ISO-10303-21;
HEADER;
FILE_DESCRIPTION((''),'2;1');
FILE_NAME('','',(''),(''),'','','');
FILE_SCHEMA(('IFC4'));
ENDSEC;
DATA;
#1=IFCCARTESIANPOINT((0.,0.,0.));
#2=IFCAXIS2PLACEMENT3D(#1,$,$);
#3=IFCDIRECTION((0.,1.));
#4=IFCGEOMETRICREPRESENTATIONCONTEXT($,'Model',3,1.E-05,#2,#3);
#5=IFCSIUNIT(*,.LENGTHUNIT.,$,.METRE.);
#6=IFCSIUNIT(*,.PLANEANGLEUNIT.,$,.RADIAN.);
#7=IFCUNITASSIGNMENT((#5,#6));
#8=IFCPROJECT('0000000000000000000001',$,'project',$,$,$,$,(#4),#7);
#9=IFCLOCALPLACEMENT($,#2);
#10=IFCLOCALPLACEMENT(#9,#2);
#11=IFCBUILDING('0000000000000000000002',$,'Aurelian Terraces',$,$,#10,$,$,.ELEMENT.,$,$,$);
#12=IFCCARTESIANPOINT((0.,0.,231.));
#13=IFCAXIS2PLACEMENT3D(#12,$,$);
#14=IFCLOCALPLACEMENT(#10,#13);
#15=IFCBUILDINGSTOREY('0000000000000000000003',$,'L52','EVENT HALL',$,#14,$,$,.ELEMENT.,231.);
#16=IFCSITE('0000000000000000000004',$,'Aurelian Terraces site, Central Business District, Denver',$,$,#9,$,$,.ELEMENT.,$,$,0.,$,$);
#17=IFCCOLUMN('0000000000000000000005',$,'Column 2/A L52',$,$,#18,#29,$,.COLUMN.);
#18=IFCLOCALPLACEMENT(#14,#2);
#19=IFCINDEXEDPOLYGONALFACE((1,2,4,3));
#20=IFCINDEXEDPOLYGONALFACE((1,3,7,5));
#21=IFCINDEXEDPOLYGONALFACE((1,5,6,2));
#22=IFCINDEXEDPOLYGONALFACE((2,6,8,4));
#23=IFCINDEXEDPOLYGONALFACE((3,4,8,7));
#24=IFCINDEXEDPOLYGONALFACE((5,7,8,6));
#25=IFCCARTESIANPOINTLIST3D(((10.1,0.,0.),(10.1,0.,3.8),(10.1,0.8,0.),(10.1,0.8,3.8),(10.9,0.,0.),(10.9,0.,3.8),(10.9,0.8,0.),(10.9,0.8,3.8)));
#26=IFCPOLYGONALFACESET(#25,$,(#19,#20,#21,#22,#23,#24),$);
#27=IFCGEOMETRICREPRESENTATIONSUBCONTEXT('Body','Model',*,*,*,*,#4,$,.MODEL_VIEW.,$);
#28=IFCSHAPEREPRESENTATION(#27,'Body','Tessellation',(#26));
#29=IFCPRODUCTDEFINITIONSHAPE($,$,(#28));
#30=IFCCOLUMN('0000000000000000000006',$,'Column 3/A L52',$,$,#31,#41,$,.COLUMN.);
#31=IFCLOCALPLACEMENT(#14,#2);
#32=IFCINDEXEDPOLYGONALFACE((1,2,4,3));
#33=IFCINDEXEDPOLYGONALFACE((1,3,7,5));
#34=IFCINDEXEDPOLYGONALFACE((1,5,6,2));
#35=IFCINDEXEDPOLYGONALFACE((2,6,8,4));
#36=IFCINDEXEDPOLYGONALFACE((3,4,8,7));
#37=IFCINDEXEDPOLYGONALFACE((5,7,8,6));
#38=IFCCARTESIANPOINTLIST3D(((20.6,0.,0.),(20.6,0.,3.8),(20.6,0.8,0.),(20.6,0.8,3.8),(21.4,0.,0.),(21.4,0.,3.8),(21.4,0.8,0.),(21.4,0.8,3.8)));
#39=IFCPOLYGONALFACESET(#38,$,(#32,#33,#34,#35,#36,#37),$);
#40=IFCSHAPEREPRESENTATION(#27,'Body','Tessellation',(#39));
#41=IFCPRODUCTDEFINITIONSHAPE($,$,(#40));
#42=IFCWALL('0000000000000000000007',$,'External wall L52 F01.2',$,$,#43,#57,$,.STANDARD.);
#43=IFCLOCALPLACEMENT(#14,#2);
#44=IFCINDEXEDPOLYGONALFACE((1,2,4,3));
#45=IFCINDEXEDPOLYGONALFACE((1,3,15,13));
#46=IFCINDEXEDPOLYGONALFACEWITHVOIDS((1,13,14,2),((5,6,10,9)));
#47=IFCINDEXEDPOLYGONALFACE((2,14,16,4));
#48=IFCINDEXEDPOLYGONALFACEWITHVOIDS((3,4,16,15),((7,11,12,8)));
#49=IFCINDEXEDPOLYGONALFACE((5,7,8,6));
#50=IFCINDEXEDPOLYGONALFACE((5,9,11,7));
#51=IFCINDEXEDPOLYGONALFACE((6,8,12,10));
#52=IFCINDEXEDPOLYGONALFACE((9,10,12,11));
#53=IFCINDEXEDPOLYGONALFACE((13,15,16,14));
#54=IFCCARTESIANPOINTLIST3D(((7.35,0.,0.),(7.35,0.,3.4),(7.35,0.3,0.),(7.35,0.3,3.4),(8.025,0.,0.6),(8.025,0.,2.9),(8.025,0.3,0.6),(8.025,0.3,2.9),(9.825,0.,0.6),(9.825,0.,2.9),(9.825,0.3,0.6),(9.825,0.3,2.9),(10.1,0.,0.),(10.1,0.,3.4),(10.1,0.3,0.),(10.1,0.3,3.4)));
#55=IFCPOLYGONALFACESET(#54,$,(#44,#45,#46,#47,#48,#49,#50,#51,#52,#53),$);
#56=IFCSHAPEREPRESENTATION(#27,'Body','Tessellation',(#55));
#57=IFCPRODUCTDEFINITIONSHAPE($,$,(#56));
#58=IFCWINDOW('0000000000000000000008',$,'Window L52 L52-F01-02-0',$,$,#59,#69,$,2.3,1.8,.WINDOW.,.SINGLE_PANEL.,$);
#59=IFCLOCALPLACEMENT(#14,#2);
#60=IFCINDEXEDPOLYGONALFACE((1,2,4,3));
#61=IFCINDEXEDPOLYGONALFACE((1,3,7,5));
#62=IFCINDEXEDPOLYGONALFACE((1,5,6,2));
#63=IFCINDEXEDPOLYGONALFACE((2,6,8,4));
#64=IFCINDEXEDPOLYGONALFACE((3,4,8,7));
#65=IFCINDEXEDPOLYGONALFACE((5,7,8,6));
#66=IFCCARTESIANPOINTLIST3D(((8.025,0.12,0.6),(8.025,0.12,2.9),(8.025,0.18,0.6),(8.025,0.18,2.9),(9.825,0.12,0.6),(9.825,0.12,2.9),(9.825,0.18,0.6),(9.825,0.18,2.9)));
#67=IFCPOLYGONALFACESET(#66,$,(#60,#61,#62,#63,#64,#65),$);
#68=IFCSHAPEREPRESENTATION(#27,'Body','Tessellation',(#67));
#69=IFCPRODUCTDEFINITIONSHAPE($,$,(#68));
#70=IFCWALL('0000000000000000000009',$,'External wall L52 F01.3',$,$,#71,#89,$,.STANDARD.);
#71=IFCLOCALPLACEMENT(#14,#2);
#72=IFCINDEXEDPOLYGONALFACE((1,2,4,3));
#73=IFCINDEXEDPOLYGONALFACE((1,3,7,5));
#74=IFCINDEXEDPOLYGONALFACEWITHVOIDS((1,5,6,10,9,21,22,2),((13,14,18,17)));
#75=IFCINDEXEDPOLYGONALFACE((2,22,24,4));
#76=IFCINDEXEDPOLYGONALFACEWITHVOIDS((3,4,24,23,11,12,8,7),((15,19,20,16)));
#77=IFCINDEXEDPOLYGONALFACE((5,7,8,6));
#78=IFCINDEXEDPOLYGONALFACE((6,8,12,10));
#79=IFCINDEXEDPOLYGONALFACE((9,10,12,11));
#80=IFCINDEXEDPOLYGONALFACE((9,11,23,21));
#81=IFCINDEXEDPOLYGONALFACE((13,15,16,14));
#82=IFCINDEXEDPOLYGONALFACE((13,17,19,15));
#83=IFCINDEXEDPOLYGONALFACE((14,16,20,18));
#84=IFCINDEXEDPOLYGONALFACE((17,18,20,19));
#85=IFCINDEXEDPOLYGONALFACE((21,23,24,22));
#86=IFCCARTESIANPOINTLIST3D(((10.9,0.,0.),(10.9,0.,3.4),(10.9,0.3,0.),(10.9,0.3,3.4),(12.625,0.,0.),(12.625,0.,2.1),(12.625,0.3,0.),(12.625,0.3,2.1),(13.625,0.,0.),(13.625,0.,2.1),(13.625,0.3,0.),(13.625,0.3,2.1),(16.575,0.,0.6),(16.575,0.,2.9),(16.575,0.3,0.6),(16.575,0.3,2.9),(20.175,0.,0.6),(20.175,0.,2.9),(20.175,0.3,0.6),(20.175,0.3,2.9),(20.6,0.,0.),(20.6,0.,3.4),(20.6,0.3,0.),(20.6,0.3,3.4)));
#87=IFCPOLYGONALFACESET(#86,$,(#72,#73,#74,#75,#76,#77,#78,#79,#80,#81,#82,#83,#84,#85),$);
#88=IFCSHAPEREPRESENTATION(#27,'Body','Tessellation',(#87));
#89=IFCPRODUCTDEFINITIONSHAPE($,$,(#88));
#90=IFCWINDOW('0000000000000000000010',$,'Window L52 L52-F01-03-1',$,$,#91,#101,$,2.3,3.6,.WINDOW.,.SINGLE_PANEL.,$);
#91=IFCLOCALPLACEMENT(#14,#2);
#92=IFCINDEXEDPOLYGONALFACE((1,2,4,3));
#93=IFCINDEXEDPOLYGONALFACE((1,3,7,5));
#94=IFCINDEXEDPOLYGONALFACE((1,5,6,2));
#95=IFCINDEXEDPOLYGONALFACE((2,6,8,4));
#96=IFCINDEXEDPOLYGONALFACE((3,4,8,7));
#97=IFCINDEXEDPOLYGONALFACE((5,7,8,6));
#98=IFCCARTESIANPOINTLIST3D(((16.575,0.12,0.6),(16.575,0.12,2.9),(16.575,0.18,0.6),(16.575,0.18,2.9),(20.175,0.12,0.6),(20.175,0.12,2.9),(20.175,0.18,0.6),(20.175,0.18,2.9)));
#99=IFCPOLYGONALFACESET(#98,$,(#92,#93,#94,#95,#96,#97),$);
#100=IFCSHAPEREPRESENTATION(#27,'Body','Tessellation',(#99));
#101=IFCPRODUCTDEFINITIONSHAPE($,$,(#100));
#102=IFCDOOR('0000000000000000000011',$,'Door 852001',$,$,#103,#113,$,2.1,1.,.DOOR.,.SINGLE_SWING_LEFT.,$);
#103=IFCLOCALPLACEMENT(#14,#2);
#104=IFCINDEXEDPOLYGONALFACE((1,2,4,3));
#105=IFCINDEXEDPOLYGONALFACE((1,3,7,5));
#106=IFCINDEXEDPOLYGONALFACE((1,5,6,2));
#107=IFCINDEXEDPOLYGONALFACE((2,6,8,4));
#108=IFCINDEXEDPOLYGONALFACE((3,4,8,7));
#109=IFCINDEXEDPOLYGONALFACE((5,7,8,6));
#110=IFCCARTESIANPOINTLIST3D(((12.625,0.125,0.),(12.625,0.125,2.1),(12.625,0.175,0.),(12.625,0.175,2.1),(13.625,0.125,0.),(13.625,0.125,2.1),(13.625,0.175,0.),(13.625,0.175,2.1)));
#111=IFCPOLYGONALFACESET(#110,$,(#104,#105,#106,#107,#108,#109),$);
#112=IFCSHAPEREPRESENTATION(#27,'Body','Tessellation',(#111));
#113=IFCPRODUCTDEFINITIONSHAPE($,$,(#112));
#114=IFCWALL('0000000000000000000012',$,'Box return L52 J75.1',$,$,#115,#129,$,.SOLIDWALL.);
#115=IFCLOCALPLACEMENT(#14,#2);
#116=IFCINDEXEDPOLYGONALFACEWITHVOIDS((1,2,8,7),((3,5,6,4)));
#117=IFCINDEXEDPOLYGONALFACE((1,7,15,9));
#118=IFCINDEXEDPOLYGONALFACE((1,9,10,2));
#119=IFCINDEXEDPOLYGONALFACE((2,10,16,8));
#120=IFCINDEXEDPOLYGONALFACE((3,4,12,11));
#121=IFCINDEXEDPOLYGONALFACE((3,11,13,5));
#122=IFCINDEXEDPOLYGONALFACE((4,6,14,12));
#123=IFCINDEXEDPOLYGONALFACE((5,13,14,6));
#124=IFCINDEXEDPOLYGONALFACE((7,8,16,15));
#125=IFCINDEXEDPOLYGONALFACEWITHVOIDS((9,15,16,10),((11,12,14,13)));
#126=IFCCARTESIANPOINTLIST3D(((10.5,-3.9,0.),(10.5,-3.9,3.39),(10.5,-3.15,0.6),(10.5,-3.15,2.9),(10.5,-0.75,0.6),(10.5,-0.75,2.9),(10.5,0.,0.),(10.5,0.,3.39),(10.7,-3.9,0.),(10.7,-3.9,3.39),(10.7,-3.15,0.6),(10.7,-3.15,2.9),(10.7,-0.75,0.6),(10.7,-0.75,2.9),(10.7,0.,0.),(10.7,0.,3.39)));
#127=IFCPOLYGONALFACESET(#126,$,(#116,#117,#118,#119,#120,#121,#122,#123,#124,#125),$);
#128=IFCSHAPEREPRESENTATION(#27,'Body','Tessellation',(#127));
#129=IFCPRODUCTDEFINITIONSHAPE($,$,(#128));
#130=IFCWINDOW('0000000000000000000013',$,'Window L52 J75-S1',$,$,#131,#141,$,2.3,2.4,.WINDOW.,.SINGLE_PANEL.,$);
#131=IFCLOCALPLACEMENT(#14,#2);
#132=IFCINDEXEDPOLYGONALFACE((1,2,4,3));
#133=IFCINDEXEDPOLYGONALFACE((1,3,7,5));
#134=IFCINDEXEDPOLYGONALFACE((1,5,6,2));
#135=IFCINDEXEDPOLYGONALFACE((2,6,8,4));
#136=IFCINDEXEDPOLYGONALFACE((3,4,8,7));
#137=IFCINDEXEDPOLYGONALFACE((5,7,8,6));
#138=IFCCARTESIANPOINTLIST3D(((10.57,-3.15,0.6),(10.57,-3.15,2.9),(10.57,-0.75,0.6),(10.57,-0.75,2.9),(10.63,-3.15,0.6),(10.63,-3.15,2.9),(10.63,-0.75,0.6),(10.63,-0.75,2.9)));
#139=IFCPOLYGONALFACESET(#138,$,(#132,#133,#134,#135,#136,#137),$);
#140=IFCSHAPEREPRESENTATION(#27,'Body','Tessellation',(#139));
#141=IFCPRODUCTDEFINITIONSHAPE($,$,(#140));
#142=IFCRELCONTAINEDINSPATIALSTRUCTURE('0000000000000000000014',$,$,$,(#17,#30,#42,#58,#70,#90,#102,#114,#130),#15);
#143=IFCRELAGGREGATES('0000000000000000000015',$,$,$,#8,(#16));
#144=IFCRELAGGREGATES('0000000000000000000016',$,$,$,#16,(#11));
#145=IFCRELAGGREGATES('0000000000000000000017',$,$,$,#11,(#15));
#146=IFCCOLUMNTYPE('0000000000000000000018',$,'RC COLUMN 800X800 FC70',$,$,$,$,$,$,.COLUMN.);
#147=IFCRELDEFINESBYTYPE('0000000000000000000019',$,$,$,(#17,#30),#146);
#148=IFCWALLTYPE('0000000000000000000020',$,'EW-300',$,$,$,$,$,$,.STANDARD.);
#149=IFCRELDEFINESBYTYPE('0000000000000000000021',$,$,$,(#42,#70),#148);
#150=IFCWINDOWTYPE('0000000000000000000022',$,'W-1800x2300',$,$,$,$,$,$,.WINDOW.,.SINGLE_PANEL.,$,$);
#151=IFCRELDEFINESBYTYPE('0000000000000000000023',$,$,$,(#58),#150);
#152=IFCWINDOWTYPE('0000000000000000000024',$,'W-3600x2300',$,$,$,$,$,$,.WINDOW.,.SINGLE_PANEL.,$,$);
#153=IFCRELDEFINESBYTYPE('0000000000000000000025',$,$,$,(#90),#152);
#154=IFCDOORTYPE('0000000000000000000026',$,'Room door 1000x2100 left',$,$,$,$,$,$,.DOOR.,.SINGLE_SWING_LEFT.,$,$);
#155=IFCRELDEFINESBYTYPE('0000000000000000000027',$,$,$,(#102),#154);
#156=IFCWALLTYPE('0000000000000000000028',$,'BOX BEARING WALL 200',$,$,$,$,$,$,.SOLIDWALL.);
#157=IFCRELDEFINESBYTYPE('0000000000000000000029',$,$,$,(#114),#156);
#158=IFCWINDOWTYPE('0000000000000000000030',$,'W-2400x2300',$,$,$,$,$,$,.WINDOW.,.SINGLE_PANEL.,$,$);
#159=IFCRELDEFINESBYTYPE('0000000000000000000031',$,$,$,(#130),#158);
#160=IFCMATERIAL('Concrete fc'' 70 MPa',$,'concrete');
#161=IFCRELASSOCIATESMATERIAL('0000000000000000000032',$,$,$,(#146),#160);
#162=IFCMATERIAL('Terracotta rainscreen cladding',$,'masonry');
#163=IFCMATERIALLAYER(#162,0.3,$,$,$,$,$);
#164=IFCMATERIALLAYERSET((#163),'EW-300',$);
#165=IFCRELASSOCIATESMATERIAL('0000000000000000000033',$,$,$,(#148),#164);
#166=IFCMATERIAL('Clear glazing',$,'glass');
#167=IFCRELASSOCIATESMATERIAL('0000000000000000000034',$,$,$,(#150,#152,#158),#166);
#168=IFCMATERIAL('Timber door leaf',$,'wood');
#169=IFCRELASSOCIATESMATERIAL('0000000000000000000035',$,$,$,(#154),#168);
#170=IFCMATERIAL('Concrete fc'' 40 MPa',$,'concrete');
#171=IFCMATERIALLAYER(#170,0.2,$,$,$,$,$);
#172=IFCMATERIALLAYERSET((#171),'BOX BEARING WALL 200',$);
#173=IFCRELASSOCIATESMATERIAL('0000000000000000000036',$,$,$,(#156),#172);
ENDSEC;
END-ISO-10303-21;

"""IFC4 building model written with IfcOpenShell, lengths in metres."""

from ifc_helpers import new_model, si_unit, direction, frame, frame_2d, origin, origin_2d, place, context, subcontext, project, spatial, rectangle, extrude, source, transform, mapped, material, layer, layer_set, material_profile, profile_set, type_object, element, fill, save


model = new_model("IFC4")

# Units and contexts
model_context = context("Model", 3, precision=1e-05, world=origin(), true_north=direction((0.0, 1.0)))
body_context = subcontext(model_context, "Body", "Model", "MODEL_VIEW")
ifc_project = project(units=[si_unit("LENGTHUNIT", "METRE"), si_unit("PLANEANGLEUNIT", "RADIAN")], contexts=[model_context])

# Site, building, storey
site_placement = place(None, origin())
site = spatial("IfcSite", under=ifc_project, at=site_placement, Name="Aurelian Terraces site, Central Business District, Denver", CompositionType="ELEMENT", RefElevation=0.0)
building_placement = place(site_placement, origin())
building = spatial("IfcBuilding", under=site, at=building_placement, Name="Aurelian Terraces", CompositionType="ELEMENT")
storey_placement = place(building_placement, frame((0.0, 0.0, 231.0)))
storey = spatial("IfcBuildingStorey", under=building, at=storey_placement, Name="L52", Description="EVENT HALL", CompositionType="ELEMENT", Elevation=231.0)

# Columns
ifc_material_1 = material(Name="Concrete fc' 70 MPa", Category="concrete")
ifc_material_profile = material_profile(ifc_material_1, rectangle(XDim=0.8, YDim=0.8, at=origin_2d()))
ifc_profile_set = profile_set([ifc_material_profile], Name="Concrete fc' 70 MPa")
column_type = type_object("IfcColumnType", Name="RC COLUMN 800X800 FC70", PredefinedType="COLUMN", material=ifc_profile_set)
shared_shape_1 = source(origin(), body_context, "Body", "SweptSolid", [
    extrude(rectangle(XDim=0.8, YDim=0.8, at=origin_2d()), origin(), (0.0, 0.0, 1.0), 3.8),
])
for number, where, z_axis, x_axis, name in (
    (1, (10.5, 0.4, 0.0), (0.0, 0.0, 1.0), (1.0, 0.0, 0.0), "Column 2/A L52"),
    (2, (21.0, 0.4, 0.0), (0.0, 0.0, 1.0), (1.0, 0.0, 0.0), "Column 3/A L52"),
):
    element("IfcColumn", number, at=place(storey_placement, frame(where, z_axis=z_axis, x_axis=x_axis)), inside=storey, type_object=column_type, Name=name, PredefinedType="COLUMN", context=body_context, shape_type="MappedRepresentation", body=[
        mapped(shared_shape_1, transform((0.0, 0.0, 0.0), scale=1.0)),
    ])

# Wall, opening, window
ifc_material_2 = material(Name="Terracotta rainscreen cladding", Category="masonry")
ifc_layer_1 = layer(ifc_material_2, 0.3)
ifc_layer_set_1 = layer_set([ifc_layer_1], Name="EW-300")
wall_type_1 = type_object("IfcWallType", Name="EW-300", PredefinedType="STANDARD", material=ifc_layer_set_1)
wall_1_placement = place(storey_placement, frame((7.35, 0.15, 0.0), z_axis=(0.0, 0.0, 1.0), x_axis=(1.0, 0.0, 0.0)))
wall_1 = element("IfcWall", 3, at=wall_1_placement, inside=storey, type_object=wall_type_1, Name="External wall L52 F01.2", PredefinedType="STANDARD", context=body_context, shape_type="SweptSolid", body=[
    extrude(rectangle(XDim=2.75, YDim=0.3, at=frame_2d((1.375, 0.0))), origin(), (0.0, 0.0, 1.0), 3.4),
])
shared_shape_2 = source(origin(), body_context, "Body", "SweptSolid", [
    extrude(rectangle(XDim=1.8, YDim=2.3, at=frame_2d((0.9, 1.15))), frame((0.0, 0.16, 0.0), z_axis=(0.0, -1.0, 0.0), x_axis=(1.0, 0.0, 0.0)), (0.0, 0.0, 1.0), 0.32),
])
opening_1_placement = place(wall_1_placement, frame((0.675, 0.0, 0.6)))
opening_1 = element("IfcOpeningElement", 4, at=opening_1_placement, cuts=wall_1, PredefinedType="OPENING", context=body_context, shape_type="MappedRepresentation", body=[
    mapped(shared_shape_2, transform((0.0, 0.0, 0.0), scale=1.0)),
])
ifc_material_3 = material(Name="Clear glazing", Category="glass")
window_type_1 = type_object("IfcWindowType", Name="W-1800x2300", PartitioningType="SINGLE_PANEL", PredefinedType="WINDOW", material=ifc_material_3)
shared_shape_3 = source(origin(), body_context, "Body", "SweptSolid", [
    extrude(rectangle(XDim=1.8, YDim=2.3, at=frame_2d((0.9, 1.15))), frame((0.0, 0.03, 0.0), z_axis=(0.0, -1.0, 0.0), x_axis=(1.0, 0.0, 0.0)), (0.0, 0.0, 1.0), 0.06),
])
window_1_placement = place(opening_1_placement, origin())
window_1 = element("IfcWindow", 5, at=window_1_placement, inside=storey, type_object=window_type_1, Name="Window L52 L52-F01-02-0", OverallHeight=2.3, OverallWidth=1.8, PartitioningType="SINGLE_PANEL", PredefinedType="WINDOW", context=body_context, shape_type="MappedRepresentation", body=[
    mapped(shared_shape_3, transform((0.0, 0.0, 0.0), scale=1.0)),
])
fill(opening_1, window_1)

# Wall, openings, window, door
wall_2_placement = place(storey_placement, frame((10.9, 0.15, 0.0), z_axis=(0.0, 0.0, 1.0), x_axis=(1.0, 0.0, 0.0)))
wall_2 = element("IfcWall", 6, at=wall_2_placement, inside=storey, type_object=wall_type_1, Name="External wall L52 F01.3", PredefinedType="STANDARD", context=body_context, shape_type="SweptSolid", body=[
    extrude(rectangle(XDim=9.7, YDim=0.3, at=frame_2d((4.85, 0.0))), origin(), (0.0, 0.0, 1.0), 3.4),
])
shared_shape_4 = source(origin(), body_context, "Body", "SweptSolid", [
    extrude(rectangle(XDim=3.6, YDim=2.3, at=frame_2d((1.8, 1.15))), frame((0.0, 0.16, 0.0), z_axis=(0.0, -1.0, 0.0), x_axis=(1.0, 0.0, 0.0)), (0.0, 0.0, 1.0), 0.32),
])
opening_2_placement = place(wall_2_placement, frame((5.675, 0.0, 0.6)))
opening_2 = element("IfcOpeningElement", 7, at=opening_2_placement, cuts=wall_2, PredefinedType="OPENING", context=body_context, shape_type="MappedRepresentation", body=[
    mapped(shared_shape_4, transform((0.0, 0.0, 0.0), scale=1.0)),
])
shared_shape_5 = source(origin(), body_context, "Body", "SweptSolid", [
    extrude(rectangle(XDim=1.0, YDim=2.1, at=frame_2d((0.5, 1.05))), frame((0.0, 0.16, 0.0), z_axis=(0.0, -1.0, 0.0), x_axis=(1.0, 0.0, 0.0)), (0.0, 0.0, 1.0), 0.32),
])
opening_3_placement = place(wall_2_placement, frame((1.725, 0.0, 0.0)))
opening_3 = element("IfcOpeningElement", 8, at=opening_3_placement, cuts=wall_2, PredefinedType="OPENING", context=body_context, shape_type="MappedRepresentation", body=[
    mapped(shared_shape_5, transform((0.0, 0.0, 0.0), scale=1.0)),
])
window_type_2 = type_object("IfcWindowType", Name="W-3600x2300", PartitioningType="SINGLE_PANEL", PredefinedType="WINDOW", material=ifc_material_3)
shared_shape_6 = source(origin(), body_context, "Body", "SweptSolid", [
    extrude(rectangle(XDim=3.6, YDim=2.3, at=frame_2d((1.8, 1.15))), frame((0.0, 0.03, 0.0), z_axis=(0.0, -1.0, 0.0), x_axis=(1.0, 0.0, 0.0)), (0.0, 0.0, 1.0), 0.06),
])
window_2_placement = place(opening_2_placement, origin())
window_2 = element("IfcWindow", 9, at=window_2_placement, inside=storey, type_object=window_type_2, Name="Window L52 L52-F01-03-1", OverallHeight=2.3, OverallWidth=3.6, PartitioningType="SINGLE_PANEL", PredefinedType="WINDOW", context=body_context, shape_type="MappedRepresentation", body=[
    mapped(shared_shape_6, transform((0.0, 0.0, 0.0), scale=1.0)),
])
fill(opening_2, window_2)
ifc_material_4 = material(Name="Timber door leaf", Category="wood")
door_type_1 = type_object("IfcDoorType", Name="Room door 1000x2100 left", OperationType="SINGLE_SWING_LEFT", PredefinedType="DOOR", material=ifc_material_4)
shared_shape_7 = source(origin(), body_context, "Body", "SweptSolid", [
    extrude(rectangle(XDim=1.0, YDim=2.1, at=frame_2d((0.5, 1.05))), frame((0.0, 0.025, 0.0), z_axis=(0.0, -1.0, 0.0), x_axis=(1.0, 0.0, 0.0)), (0.0, 0.0, 1.0), 0.05),
])
door_1_placement = place(opening_3_placement, origin())
door_1 = element("IfcDoor", 10, at=door_1_placement, inside=storey, type_object=door_type_1, Name="Door 852001", OperationType="SINGLE_SWING_LEFT", OverallHeight=2.1, OverallWidth=1.0, PredefinedType="DOOR", context=body_context, shape_type="MappedRepresentation", body=[
    mapped(shared_shape_7, transform((0.0, 0.0, 0.0), scale=1.0)),
])
fill(opening_3, door_1)

# Wall, opening, window
ifc_material_5 = material(Name="Concrete fc' 40 MPa", Category="concrete")
ifc_layer_2 = layer(ifc_material_5, 0.2)
ifc_layer_set_2 = layer_set([ifc_layer_2], Name="BOX BEARING WALL 200")
wall_type_2 = type_object("IfcWallType", Name="BOX BEARING WALL 200", PredefinedType="SOLIDWALL", material=ifc_layer_set_2)
shared_shape_8 = source(origin(), body_context, "Body", "SweptSolid", [
    extrude(rectangle(XDim=3.9, YDim=0.2, at=frame_2d((1.95, 0.0))), origin(), (0.0, 0.0, 1.0), 3.39),
])
wall_3_placement = place(storey_placement, frame((10.6, 0.0, 0.0), z_axis=(0.0, 0.0, 1.0), x_axis=(0.0, -1.0, 0.0)))
wall_3 = element("IfcWall", 11, at=wall_3_placement, inside=storey, type_object=wall_type_2, Name="Box return L52 J75.1", PredefinedType="SOLIDWALL", context=body_context, shape_type="MappedRepresentation", body=[
    mapped(shared_shape_8, transform((0.0, 0.0, 0.0), scale=1.0)),
])
shared_shape_9 = source(origin(), body_context, "Body", "SweptSolid", [
    extrude(rectangle(XDim=2.4, YDim=2.3, at=frame_2d((1.2, 1.15))), frame((0.0, 0.11, 0.0), z_axis=(0.0, -1.0, 0.0), x_axis=(1.0, 0.0, 0.0)), (0.0, 0.0, 1.0), 0.22),
])
opening_4_placement = place(wall_3_placement, frame((0.75, 0.0, 0.6)))
opening_4 = element("IfcOpeningElement", 12, at=opening_4_placement, cuts=wall_3, PredefinedType="OPENING", context=body_context, shape_type="MappedRepresentation", body=[
    mapped(shared_shape_9, transform((0.0, 0.0, 0.0), scale=1.0)),
])
window_type_3 = type_object("IfcWindowType", Name="W-2400x2300", PartitioningType="SINGLE_PANEL", PredefinedType="WINDOW", material=ifc_material_3)
shared_shape_10 = source(origin(), body_context, "Body", "SweptSolid", [
    extrude(rectangle(XDim=2.4, YDim=2.3, at=frame_2d((1.2, 1.15))), frame((0.0, 0.03, 0.0), z_axis=(0.0, -1.0, 0.0), x_axis=(1.0, 0.0, 0.0)), (0.0, 0.0, 1.0), 0.06),
])
window_3_placement = place(opening_4_placement, origin())
window_3 = element("IfcWindow", 13, at=window_3_placement, inside=storey, type_object=window_type_3, Name="Window L52 J75-S1", OverallHeight=2.3, OverallWidth=2.4, PartitioningType="SINGLE_PANEL", PredefinedType="WINDOW", context=body_context, shape_type="MappedRepresentation", body=[
    mapped(shared_shape_10, transform((0.0, 0.0, 0.0), scale=1.0)),
])
fill(opening_4, window_3)

save(model, "model.ifc")
